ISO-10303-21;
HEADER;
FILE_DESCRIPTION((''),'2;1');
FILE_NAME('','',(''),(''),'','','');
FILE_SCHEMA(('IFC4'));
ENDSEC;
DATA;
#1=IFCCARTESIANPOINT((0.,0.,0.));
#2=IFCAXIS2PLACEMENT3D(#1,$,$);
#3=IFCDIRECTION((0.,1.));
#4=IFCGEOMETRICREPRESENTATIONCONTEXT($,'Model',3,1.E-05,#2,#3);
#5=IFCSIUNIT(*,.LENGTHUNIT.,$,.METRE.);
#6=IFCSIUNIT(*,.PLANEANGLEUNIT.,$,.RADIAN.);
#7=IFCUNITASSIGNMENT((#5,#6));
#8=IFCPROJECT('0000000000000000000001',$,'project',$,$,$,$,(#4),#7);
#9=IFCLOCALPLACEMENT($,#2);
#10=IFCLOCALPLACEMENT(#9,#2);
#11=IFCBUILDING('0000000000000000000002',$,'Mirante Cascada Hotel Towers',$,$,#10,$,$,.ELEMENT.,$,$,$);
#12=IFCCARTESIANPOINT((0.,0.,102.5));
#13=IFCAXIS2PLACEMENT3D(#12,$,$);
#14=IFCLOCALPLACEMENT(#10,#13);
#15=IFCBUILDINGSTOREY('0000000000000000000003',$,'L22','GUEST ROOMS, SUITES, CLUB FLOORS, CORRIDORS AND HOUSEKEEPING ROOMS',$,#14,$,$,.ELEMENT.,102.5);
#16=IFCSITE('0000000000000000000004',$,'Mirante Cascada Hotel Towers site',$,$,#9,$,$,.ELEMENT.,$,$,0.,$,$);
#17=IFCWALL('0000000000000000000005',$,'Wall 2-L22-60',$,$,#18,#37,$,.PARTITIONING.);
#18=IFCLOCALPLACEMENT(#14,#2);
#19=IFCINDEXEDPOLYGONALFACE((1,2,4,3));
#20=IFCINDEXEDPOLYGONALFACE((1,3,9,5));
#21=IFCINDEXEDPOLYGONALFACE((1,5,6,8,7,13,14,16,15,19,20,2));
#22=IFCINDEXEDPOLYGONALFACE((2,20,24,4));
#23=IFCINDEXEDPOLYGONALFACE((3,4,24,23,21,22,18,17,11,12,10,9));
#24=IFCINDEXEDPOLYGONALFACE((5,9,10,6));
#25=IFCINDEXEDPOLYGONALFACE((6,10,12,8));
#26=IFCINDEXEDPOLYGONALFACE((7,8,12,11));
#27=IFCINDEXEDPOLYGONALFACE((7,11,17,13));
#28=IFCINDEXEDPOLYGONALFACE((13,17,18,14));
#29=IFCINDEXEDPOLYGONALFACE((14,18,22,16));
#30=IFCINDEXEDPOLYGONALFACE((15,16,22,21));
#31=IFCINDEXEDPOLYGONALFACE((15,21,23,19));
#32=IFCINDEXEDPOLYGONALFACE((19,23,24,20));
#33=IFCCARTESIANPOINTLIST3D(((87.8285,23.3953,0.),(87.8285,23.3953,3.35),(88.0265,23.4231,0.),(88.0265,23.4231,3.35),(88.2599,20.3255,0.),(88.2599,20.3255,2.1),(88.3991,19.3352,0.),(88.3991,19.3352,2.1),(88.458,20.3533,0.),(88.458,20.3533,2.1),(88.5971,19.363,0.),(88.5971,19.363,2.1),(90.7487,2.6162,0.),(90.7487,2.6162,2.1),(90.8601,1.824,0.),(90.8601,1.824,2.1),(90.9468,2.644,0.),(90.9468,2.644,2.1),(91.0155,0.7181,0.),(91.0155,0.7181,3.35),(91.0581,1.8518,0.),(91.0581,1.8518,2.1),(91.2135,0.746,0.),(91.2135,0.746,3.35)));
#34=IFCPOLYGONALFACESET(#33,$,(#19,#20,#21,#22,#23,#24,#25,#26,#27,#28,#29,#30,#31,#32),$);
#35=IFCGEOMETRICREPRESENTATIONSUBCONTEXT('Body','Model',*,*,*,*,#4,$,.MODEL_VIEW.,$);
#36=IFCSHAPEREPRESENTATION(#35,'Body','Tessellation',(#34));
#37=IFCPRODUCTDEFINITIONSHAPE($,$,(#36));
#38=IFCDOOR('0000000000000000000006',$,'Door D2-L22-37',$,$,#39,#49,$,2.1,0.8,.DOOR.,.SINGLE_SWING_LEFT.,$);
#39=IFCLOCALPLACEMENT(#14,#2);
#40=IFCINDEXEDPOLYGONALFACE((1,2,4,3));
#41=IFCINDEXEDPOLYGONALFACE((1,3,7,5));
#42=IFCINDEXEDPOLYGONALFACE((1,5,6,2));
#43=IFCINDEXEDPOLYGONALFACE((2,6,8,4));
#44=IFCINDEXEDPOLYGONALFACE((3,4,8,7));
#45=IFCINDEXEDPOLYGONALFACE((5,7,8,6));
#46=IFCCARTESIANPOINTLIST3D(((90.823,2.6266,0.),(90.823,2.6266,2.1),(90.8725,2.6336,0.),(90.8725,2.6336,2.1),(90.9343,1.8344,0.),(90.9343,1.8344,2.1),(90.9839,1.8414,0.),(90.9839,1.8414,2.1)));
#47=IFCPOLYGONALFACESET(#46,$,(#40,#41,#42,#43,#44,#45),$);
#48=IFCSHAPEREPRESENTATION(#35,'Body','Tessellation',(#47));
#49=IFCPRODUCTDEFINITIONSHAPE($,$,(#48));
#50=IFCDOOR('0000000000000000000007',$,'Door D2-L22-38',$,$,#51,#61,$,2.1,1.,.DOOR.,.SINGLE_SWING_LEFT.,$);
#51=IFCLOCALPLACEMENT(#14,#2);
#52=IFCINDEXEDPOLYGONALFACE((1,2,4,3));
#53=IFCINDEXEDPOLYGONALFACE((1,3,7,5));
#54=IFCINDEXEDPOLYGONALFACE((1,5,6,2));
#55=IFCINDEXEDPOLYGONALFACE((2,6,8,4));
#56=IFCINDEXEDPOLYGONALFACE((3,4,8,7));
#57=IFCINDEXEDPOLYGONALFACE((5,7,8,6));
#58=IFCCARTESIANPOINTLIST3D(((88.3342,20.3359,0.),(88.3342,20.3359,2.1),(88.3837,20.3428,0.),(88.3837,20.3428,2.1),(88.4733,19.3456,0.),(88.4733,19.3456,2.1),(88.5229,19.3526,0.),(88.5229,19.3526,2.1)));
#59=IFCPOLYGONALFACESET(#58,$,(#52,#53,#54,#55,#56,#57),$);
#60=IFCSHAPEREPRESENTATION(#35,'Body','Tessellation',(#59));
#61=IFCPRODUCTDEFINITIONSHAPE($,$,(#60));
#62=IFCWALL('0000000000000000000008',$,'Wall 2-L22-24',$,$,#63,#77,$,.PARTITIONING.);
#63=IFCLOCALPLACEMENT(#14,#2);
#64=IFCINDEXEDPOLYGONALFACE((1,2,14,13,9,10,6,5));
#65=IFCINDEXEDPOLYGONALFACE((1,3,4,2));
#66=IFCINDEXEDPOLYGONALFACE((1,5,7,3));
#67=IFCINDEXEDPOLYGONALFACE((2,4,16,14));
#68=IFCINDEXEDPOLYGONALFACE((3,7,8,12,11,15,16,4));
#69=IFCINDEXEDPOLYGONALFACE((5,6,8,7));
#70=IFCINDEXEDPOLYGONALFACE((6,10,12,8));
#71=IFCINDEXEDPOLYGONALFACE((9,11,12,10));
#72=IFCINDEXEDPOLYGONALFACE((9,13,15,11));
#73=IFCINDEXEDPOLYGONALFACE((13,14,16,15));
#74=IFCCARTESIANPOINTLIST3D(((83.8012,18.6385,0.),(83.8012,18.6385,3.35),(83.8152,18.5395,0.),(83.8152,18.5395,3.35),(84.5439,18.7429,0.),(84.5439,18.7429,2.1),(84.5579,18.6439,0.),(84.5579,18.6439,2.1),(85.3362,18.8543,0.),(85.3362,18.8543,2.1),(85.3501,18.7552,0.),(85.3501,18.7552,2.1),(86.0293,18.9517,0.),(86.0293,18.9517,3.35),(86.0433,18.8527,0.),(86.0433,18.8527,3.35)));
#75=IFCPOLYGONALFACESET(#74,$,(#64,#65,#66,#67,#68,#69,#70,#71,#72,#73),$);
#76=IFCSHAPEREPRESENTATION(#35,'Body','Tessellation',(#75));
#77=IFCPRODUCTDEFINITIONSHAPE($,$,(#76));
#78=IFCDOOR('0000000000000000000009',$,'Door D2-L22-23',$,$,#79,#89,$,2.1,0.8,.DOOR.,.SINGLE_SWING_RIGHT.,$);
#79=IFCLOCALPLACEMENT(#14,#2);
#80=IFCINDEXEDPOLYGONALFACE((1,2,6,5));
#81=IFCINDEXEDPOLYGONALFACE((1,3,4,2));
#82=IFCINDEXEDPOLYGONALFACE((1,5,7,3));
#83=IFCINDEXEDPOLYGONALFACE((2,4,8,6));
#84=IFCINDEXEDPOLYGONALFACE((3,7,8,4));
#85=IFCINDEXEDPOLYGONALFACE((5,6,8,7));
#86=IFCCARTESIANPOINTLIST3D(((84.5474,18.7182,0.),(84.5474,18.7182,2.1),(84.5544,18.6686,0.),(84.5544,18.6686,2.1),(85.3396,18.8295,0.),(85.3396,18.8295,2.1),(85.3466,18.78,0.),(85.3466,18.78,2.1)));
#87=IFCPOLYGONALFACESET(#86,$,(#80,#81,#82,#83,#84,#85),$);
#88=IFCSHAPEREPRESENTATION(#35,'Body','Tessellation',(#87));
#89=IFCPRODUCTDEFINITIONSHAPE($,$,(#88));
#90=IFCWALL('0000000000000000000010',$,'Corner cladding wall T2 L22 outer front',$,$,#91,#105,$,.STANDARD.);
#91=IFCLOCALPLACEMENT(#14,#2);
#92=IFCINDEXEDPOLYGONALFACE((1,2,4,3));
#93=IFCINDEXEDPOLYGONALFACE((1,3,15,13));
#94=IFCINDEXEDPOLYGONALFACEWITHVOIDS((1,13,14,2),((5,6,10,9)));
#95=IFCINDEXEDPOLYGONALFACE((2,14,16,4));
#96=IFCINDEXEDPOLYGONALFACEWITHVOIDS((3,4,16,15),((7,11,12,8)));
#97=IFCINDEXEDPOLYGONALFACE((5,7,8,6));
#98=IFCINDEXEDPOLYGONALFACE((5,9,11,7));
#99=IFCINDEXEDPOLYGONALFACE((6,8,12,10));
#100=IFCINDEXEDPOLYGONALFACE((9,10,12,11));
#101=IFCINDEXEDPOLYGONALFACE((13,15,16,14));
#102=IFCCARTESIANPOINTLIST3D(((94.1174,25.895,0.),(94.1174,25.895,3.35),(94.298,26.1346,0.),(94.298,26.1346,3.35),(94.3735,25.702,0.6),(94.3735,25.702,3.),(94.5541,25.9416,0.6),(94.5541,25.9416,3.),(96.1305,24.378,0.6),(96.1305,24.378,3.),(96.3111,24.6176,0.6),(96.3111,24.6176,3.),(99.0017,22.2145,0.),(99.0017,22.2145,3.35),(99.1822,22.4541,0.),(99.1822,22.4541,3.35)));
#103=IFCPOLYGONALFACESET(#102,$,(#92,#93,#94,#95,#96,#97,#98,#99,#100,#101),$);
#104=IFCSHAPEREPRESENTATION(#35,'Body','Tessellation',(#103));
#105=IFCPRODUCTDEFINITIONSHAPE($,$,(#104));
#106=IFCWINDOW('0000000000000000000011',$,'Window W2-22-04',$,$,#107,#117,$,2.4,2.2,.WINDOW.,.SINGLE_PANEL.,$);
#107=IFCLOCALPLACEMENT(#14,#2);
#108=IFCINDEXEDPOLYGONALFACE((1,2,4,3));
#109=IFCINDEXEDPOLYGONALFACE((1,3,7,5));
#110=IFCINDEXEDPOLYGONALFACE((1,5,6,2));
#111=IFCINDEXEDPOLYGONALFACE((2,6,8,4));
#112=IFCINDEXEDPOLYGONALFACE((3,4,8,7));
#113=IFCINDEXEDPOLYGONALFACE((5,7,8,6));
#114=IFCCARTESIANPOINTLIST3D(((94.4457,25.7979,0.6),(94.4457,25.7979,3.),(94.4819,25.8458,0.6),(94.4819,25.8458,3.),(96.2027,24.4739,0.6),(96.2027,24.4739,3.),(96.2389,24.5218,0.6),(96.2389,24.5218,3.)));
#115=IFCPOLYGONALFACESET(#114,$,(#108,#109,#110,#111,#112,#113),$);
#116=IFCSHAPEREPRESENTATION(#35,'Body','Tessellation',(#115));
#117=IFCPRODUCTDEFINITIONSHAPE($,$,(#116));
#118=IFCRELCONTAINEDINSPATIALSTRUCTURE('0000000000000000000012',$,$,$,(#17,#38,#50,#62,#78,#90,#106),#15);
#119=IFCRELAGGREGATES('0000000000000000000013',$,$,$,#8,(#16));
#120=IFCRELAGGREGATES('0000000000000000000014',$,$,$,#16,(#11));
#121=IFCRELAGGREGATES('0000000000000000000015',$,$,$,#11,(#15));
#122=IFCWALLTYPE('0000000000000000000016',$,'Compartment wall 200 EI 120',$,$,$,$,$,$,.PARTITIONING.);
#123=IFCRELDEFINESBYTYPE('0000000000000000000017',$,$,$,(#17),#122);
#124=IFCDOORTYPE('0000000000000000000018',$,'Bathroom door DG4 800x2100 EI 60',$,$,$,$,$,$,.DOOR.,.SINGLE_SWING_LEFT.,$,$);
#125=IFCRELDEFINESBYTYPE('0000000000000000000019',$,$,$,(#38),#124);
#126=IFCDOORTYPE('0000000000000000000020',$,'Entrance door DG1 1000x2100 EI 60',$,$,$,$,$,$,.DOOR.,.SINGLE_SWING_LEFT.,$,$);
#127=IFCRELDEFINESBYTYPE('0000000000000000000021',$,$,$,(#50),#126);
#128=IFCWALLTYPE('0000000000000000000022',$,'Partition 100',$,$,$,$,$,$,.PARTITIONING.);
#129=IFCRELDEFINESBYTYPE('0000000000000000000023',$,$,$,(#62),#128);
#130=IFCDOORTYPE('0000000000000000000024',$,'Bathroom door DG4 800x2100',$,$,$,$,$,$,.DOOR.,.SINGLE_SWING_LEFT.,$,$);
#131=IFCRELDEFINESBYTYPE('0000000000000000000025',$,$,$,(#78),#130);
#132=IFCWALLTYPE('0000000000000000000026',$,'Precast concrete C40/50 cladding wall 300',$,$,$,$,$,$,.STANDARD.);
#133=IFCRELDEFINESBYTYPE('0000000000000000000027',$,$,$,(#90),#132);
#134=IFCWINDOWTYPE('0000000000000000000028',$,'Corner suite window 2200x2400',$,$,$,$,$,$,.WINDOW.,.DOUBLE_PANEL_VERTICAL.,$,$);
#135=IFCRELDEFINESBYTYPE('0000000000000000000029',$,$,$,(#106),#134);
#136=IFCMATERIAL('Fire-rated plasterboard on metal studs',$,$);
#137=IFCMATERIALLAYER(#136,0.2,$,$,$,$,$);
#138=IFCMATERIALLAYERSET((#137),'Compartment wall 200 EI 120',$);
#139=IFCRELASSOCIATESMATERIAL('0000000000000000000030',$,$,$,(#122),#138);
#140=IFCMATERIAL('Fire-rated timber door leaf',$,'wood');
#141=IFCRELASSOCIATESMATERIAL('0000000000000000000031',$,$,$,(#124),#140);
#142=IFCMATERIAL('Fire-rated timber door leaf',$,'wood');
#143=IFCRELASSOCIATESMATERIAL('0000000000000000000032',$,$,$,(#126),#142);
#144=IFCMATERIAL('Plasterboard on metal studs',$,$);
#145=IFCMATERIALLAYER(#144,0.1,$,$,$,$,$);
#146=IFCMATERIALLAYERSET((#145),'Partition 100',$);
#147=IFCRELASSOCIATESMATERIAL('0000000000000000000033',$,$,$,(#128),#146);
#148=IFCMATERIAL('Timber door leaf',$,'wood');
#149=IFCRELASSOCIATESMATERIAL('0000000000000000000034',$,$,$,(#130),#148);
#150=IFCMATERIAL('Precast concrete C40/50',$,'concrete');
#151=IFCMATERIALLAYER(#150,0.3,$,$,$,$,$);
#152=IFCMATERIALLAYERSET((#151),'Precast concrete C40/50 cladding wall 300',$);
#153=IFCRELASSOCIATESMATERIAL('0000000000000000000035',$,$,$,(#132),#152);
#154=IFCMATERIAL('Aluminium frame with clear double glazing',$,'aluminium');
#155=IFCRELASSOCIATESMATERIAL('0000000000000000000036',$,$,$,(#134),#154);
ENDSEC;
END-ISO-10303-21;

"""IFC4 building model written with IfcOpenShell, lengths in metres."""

from ifc_helpers import new_model, si_unit, direction, frame, frame_2d, origin, place, context, subcontext, project, spatial, rectangle, extrude, material, layer, layer_set, type_object, element, fill, save


model = new_model("IFC4")

# Units and contexts
model_context = context("Model", 3, precision=1e-05, world=origin(), true_north=direction((0.0, 1.0)))
body_context = subcontext(model_context, "Body", "Model", "MODEL_VIEW")
ifc_project = project(units=[si_unit("LENGTHUNIT", "METRE"), si_unit("PLANEANGLEUNIT", "RADIAN")], contexts=[model_context])

# Site, building, storey
site_placement = place(None, origin())
site = spatial("IfcSite", under=ifc_project, at=site_placement, Name="Mirante Cascada Hotel Towers site", CompositionType="ELEMENT", RefElevation=0.0)
building_placement = place(site_placement, origin())
building = spatial("IfcBuilding", under=site, at=building_placement, Name="Mirante Cascada Hotel Towers", CompositionType="ELEMENT")
storey_placement = place(building_placement, frame((0.0, 0.0, 102.5)))
storey = spatial("IfcBuildingStorey", under=building, at=storey_placement, Name="L22", Description="GUEST ROOMS, SUITES, CLUB FLOORS, CORRIDORS AND HOUSEKEEPING ROOMS", CompositionType="ELEMENT", Elevation=102.5)

# Shared definitions
ifc_material_1 = material(Name="Fire-rated plasterboard on metal studs")
ifc_layer_1 = layer(ifc_material_1, 0.2)
ifc_layer_set_1 = layer_set([ifc_layer_1], Name="Compartment wall 200 EI 120")
wall_type_1 = type_object("IfcWallType", Name="Compartment wall 200 EI 120", PredefinedType="PARTITIONING", material=ifc_layer_set_1)

# Wall, openings, doors
wall_1_placement = place(storey_placement, frame((87.9275, 23.4092, 0.0), z_axis=(0.0, 0.0, 1.0), x_axis=(0.139171, -0.990268, 0.0)))
wall_1 = element("IfcWall", 1, at=wall_1_placement, inside=storey, type_object=wall_type_1, Name="Wall 2-L22-60", PredefinedType="PARTITIONING", context=body_context, shape_type="SweptSolid", body=[
    extrude(rectangle(XDim=22.9, YDim=0.2, at=frame_2d((11.45, 0.0))), origin(), (0.0, 0.0, 1.0), 3.35),
])
opening_1_placement = place(wall_1_placement, frame((20.9833, 0.0, 0.0)))
opening_1 = element("IfcOpeningElement", 2, at=opening_1_placement, cuts=wall_1, PredefinedType="OPENING", context=body_context, shape_type="SweptSolid", body=[
    extrude(rectangle(XDim=0.8, YDim=2.1, at=frame_2d((0.4, 1.05))), frame((0.0, 0.1, 0.0), z_axis=(0.0, -1.0, 0.0), x_axis=(1.0, 0.0, 0.0)), (0.0, 0.0, 1.0), 0.2),
])
opening_2_placement = place(wall_1_placement, frame((3.1, 0.0, 0.0)))
opening_2 = element("IfcOpeningElement", 3, at=opening_2_placement, cuts=wall_1, PredefinedType="OPENING", context=body_context, shape_type="SweptSolid", body=[
    extrude(rectangle(XDim=1.0, YDim=2.1, at=frame_2d((0.5, 1.05))), frame((0.0, 0.1, 0.0), z_axis=(0.0, -1.0, 0.0), x_axis=(1.0, 0.0, 0.0)), (0.0, 0.0, 1.0), 0.2),
])
ifc_material_2 = material(Name="Fire-rated timber door leaf", Category="wood")
door_type_1 = type_object("IfcDoorType", Name="Bathroom door DG4 800x2100 EI 60", OperationType="SINGLE_SWING_LEFT", PredefinedType="DOOR", material=ifc_material_2)
door_1_placement = place(opening_1_placement, origin())
door_1 = element("IfcDoor", 4, at=door_1_placement, inside=storey, type_object=door_type_1, Name="Door D2-L22-37", OperationType="SINGLE_SWING_LEFT", OverallHeight=2.1, OverallWidth=0.8, PredefinedType="DOOR", context=body_context, shape_type="SweptSolid", body=[
    extrude(rectangle(XDim=0.8, YDim=2.1, at=frame_2d((0.4, 1.05))), frame((0.0, 0.025, 0.0), z_axis=(0.0, -1.0, 0.0), x_axis=(1.0, 0.0, 0.0)), (0.0, 0.0, 1.0), 0.05),
])
fill(opening_1, door_1)
ifc_material_3 = material(Name="Fire-rated timber door leaf", Category="wood")
door_type_2 = type_object("IfcDoorType", Name="Entrance door DG1 1000x2100 EI 60", OperationType="SINGLE_SWING_LEFT", PredefinedType="DOOR", material=ifc_material_3)
door_2_placement = place(opening_2_placement, origin())
door_2 = element("IfcDoor", 5, at=door_2_placement, inside=storey, type_object=door_type_2, Name="Door D2-L22-38", OperationType="SINGLE_SWING_LEFT", OverallHeight=2.1, OverallWidth=1.0, PredefinedType="DOOR", context=body_context, shape_type="SweptSolid", body=[
    extrude(rectangle(XDim=1.0, YDim=2.1, at=frame_2d((0.5, 1.05))), frame((0.0, 0.025, 0.0), z_axis=(0.0, -1.0, 0.0), x_axis=(1.0, 0.0, 0.0)), (0.0, 0.0, 1.0), 0.05),
])
fill(opening_2, door_2)

# Wall, opening, door
ifc_material_4 = material(Name="Plasterboard on metal studs")
ifc_layer_2 = layer(ifc_material_4, 0.1)
ifc_layer_set_2 = layer_set([ifc_layer_2], Name="Partition 100")
wall_type_2 = type_object("IfcWallType", Name="Partition 100", PredefinedType="PARTITIONING", material=ifc_layer_set_2)
wall_2_placement = place(storey_placement, frame((86.0363, 18.9022, 0.0), z_axis=(0.0, 0.0, 1.0), x_axis=(-0.990264, -0.1392, 0.0)))
wall_2 = element("IfcWall", 6, at=wall_2_placement, inside=storey, type_object=wall_type_2, Name="Wall 2-L22-24", PredefinedType="PARTITIONING", context=body_context, shape_type="SweptSolid", body=[
    extrude(rectangle(XDim=2.25, YDim=0.1, at=frame_2d((1.125, 0.0))), origin(), (0.0, 0.0, 1.0), 3.35),
])
opening_3_placement = place(wall_2_placement, frame((0.7, 0.0, 0.0)))
opening_3 = element("IfcOpeningElement", 7, at=opening_3_placement, cuts=wall_2, PredefinedType="OPENING", context=body_context, shape_type="SweptSolid", body=[
    extrude(rectangle(XDim=0.8, YDim=2.1, at=frame_2d((0.4, 1.05))), frame((0.0, 0.05, 0.0), z_axis=(0.0, -1.0, 0.0), x_axis=(1.0, 0.0, 0.0)), (0.0, 0.0, 1.0), 0.1),
])
ifc_material_5 = material(Name="Timber door leaf", Category="wood")
door_type_3 = type_object("IfcDoorType", Name="Bathroom door DG4 800x2100", OperationType="SINGLE_SWING_LEFT", PredefinedType="DOOR", material=ifc_material_5)
door_3_placement = place(opening_3_placement, frame((0.8, 0.0, 0.0), z_axis=(0.0, 0.0, 1.0), x_axis=(-1.0, 0.0, 0.0)))
door_3 = element("IfcDoor", 8, at=door_3_placement, inside=storey, type_object=door_type_3, Name="Door D2-L22-23", OperationType="SINGLE_SWING_RIGHT", OverallHeight=2.1, OverallWidth=0.8, PredefinedType="DOOR", context=body_context, shape_type="SweptSolid", body=[
    extrude(rectangle(XDim=0.8, YDim=2.1, at=frame_2d((0.4, 1.05))), frame((0.0, 0.025, 0.0), z_axis=(0.0, -1.0, 0.0), x_axis=(1.0, 0.0, 0.0)), (0.0, 0.0, 1.0), 0.05),
])
fill(opening_3, door_3)

# Wall, opening, window
ifc_material_6 = material(Name="Precast concrete C40/50", Category="concrete")
ifc_layer_3 = layer(ifc_material_6, 0.3)
ifc_layer_set_3 = layer_set([ifc_layer_3], Name="Precast concrete C40/50 cladding wall 300")
wall_type_3 = type_object("IfcWallType", Name="Precast concrete C40/50 cladding wall 300", PredefinedType="STANDARD", material=ifc_layer_set_3)
wall_3_placement = place(storey_placement, frame((99.0919, 22.3343, 0.0), z_axis=(0.0, 0.0, 1.0), x_axis=(-0.798636, 0.601814, 0.0)))
wall_3 = element("IfcWall", 9, at=wall_3_placement, inside=storey, type_object=wall_type_3, Name="Corner cladding wall T2 L22 outer front", PredefinedType="STANDARD", context=body_context, shape_type="SweptSolid", body=[
    extrude(rectangle(XDim=6.1157, YDim=0.3, at=frame_2d((3.0578, 0.0))), origin(), (0.0, 0.0, 1.0), 3.35),
])
opening_4_placement = place(wall_3_placement, frame((3.595, 0.0, 0.6)))
opening_4 = element("IfcOpeningElement", 10, at=opening_4_placement, cuts=wall_3, PredefinedType="OPENING", context=body_context, shape_type="SweptSolid", body=[
    extrude(rectangle(XDim=2.2, YDim=2.4, at=frame_2d((1.1, 1.2))), frame((0.0, 0.15, 0.0), z_axis=(0.0, -1.0, 0.0), x_axis=(1.0, 0.0, 0.0)), (0.0, 0.0, 1.0), 0.3),
])
ifc_material_7 = material(Name="Aluminium frame with clear double glazing", Category="aluminium")
window_type = type_object("IfcWindowType", Name="Corner suite window 2200x2400", PartitioningType="DOUBLE_PANEL_VERTICAL", PredefinedType="WINDOW", material=ifc_material_7)
window_placement = place(opening_4_placement, origin())
window = element("IfcWindow", 11, at=window_placement, inside=storey, type_object=window_type, Name="Window W2-22-04", OverallHeight=2.4, OverallWidth=2.2, PartitioningType="SINGLE_PANEL", PredefinedType="WINDOW", context=body_context, shape_type="SweptSolid", body=[
    extrude(rectangle(XDim=2.2, YDim=2.4, at=frame_2d((1.1, 1.2))), frame((0.0, 0.03, 0.0), z_axis=(0.0, -1.0, 0.0), x_axis=(1.0, 0.0, 0.0)), (0.0, 0.0, 1.0), 0.06),
])
fill(opening_4, window)

save(model, "model.ifc")
